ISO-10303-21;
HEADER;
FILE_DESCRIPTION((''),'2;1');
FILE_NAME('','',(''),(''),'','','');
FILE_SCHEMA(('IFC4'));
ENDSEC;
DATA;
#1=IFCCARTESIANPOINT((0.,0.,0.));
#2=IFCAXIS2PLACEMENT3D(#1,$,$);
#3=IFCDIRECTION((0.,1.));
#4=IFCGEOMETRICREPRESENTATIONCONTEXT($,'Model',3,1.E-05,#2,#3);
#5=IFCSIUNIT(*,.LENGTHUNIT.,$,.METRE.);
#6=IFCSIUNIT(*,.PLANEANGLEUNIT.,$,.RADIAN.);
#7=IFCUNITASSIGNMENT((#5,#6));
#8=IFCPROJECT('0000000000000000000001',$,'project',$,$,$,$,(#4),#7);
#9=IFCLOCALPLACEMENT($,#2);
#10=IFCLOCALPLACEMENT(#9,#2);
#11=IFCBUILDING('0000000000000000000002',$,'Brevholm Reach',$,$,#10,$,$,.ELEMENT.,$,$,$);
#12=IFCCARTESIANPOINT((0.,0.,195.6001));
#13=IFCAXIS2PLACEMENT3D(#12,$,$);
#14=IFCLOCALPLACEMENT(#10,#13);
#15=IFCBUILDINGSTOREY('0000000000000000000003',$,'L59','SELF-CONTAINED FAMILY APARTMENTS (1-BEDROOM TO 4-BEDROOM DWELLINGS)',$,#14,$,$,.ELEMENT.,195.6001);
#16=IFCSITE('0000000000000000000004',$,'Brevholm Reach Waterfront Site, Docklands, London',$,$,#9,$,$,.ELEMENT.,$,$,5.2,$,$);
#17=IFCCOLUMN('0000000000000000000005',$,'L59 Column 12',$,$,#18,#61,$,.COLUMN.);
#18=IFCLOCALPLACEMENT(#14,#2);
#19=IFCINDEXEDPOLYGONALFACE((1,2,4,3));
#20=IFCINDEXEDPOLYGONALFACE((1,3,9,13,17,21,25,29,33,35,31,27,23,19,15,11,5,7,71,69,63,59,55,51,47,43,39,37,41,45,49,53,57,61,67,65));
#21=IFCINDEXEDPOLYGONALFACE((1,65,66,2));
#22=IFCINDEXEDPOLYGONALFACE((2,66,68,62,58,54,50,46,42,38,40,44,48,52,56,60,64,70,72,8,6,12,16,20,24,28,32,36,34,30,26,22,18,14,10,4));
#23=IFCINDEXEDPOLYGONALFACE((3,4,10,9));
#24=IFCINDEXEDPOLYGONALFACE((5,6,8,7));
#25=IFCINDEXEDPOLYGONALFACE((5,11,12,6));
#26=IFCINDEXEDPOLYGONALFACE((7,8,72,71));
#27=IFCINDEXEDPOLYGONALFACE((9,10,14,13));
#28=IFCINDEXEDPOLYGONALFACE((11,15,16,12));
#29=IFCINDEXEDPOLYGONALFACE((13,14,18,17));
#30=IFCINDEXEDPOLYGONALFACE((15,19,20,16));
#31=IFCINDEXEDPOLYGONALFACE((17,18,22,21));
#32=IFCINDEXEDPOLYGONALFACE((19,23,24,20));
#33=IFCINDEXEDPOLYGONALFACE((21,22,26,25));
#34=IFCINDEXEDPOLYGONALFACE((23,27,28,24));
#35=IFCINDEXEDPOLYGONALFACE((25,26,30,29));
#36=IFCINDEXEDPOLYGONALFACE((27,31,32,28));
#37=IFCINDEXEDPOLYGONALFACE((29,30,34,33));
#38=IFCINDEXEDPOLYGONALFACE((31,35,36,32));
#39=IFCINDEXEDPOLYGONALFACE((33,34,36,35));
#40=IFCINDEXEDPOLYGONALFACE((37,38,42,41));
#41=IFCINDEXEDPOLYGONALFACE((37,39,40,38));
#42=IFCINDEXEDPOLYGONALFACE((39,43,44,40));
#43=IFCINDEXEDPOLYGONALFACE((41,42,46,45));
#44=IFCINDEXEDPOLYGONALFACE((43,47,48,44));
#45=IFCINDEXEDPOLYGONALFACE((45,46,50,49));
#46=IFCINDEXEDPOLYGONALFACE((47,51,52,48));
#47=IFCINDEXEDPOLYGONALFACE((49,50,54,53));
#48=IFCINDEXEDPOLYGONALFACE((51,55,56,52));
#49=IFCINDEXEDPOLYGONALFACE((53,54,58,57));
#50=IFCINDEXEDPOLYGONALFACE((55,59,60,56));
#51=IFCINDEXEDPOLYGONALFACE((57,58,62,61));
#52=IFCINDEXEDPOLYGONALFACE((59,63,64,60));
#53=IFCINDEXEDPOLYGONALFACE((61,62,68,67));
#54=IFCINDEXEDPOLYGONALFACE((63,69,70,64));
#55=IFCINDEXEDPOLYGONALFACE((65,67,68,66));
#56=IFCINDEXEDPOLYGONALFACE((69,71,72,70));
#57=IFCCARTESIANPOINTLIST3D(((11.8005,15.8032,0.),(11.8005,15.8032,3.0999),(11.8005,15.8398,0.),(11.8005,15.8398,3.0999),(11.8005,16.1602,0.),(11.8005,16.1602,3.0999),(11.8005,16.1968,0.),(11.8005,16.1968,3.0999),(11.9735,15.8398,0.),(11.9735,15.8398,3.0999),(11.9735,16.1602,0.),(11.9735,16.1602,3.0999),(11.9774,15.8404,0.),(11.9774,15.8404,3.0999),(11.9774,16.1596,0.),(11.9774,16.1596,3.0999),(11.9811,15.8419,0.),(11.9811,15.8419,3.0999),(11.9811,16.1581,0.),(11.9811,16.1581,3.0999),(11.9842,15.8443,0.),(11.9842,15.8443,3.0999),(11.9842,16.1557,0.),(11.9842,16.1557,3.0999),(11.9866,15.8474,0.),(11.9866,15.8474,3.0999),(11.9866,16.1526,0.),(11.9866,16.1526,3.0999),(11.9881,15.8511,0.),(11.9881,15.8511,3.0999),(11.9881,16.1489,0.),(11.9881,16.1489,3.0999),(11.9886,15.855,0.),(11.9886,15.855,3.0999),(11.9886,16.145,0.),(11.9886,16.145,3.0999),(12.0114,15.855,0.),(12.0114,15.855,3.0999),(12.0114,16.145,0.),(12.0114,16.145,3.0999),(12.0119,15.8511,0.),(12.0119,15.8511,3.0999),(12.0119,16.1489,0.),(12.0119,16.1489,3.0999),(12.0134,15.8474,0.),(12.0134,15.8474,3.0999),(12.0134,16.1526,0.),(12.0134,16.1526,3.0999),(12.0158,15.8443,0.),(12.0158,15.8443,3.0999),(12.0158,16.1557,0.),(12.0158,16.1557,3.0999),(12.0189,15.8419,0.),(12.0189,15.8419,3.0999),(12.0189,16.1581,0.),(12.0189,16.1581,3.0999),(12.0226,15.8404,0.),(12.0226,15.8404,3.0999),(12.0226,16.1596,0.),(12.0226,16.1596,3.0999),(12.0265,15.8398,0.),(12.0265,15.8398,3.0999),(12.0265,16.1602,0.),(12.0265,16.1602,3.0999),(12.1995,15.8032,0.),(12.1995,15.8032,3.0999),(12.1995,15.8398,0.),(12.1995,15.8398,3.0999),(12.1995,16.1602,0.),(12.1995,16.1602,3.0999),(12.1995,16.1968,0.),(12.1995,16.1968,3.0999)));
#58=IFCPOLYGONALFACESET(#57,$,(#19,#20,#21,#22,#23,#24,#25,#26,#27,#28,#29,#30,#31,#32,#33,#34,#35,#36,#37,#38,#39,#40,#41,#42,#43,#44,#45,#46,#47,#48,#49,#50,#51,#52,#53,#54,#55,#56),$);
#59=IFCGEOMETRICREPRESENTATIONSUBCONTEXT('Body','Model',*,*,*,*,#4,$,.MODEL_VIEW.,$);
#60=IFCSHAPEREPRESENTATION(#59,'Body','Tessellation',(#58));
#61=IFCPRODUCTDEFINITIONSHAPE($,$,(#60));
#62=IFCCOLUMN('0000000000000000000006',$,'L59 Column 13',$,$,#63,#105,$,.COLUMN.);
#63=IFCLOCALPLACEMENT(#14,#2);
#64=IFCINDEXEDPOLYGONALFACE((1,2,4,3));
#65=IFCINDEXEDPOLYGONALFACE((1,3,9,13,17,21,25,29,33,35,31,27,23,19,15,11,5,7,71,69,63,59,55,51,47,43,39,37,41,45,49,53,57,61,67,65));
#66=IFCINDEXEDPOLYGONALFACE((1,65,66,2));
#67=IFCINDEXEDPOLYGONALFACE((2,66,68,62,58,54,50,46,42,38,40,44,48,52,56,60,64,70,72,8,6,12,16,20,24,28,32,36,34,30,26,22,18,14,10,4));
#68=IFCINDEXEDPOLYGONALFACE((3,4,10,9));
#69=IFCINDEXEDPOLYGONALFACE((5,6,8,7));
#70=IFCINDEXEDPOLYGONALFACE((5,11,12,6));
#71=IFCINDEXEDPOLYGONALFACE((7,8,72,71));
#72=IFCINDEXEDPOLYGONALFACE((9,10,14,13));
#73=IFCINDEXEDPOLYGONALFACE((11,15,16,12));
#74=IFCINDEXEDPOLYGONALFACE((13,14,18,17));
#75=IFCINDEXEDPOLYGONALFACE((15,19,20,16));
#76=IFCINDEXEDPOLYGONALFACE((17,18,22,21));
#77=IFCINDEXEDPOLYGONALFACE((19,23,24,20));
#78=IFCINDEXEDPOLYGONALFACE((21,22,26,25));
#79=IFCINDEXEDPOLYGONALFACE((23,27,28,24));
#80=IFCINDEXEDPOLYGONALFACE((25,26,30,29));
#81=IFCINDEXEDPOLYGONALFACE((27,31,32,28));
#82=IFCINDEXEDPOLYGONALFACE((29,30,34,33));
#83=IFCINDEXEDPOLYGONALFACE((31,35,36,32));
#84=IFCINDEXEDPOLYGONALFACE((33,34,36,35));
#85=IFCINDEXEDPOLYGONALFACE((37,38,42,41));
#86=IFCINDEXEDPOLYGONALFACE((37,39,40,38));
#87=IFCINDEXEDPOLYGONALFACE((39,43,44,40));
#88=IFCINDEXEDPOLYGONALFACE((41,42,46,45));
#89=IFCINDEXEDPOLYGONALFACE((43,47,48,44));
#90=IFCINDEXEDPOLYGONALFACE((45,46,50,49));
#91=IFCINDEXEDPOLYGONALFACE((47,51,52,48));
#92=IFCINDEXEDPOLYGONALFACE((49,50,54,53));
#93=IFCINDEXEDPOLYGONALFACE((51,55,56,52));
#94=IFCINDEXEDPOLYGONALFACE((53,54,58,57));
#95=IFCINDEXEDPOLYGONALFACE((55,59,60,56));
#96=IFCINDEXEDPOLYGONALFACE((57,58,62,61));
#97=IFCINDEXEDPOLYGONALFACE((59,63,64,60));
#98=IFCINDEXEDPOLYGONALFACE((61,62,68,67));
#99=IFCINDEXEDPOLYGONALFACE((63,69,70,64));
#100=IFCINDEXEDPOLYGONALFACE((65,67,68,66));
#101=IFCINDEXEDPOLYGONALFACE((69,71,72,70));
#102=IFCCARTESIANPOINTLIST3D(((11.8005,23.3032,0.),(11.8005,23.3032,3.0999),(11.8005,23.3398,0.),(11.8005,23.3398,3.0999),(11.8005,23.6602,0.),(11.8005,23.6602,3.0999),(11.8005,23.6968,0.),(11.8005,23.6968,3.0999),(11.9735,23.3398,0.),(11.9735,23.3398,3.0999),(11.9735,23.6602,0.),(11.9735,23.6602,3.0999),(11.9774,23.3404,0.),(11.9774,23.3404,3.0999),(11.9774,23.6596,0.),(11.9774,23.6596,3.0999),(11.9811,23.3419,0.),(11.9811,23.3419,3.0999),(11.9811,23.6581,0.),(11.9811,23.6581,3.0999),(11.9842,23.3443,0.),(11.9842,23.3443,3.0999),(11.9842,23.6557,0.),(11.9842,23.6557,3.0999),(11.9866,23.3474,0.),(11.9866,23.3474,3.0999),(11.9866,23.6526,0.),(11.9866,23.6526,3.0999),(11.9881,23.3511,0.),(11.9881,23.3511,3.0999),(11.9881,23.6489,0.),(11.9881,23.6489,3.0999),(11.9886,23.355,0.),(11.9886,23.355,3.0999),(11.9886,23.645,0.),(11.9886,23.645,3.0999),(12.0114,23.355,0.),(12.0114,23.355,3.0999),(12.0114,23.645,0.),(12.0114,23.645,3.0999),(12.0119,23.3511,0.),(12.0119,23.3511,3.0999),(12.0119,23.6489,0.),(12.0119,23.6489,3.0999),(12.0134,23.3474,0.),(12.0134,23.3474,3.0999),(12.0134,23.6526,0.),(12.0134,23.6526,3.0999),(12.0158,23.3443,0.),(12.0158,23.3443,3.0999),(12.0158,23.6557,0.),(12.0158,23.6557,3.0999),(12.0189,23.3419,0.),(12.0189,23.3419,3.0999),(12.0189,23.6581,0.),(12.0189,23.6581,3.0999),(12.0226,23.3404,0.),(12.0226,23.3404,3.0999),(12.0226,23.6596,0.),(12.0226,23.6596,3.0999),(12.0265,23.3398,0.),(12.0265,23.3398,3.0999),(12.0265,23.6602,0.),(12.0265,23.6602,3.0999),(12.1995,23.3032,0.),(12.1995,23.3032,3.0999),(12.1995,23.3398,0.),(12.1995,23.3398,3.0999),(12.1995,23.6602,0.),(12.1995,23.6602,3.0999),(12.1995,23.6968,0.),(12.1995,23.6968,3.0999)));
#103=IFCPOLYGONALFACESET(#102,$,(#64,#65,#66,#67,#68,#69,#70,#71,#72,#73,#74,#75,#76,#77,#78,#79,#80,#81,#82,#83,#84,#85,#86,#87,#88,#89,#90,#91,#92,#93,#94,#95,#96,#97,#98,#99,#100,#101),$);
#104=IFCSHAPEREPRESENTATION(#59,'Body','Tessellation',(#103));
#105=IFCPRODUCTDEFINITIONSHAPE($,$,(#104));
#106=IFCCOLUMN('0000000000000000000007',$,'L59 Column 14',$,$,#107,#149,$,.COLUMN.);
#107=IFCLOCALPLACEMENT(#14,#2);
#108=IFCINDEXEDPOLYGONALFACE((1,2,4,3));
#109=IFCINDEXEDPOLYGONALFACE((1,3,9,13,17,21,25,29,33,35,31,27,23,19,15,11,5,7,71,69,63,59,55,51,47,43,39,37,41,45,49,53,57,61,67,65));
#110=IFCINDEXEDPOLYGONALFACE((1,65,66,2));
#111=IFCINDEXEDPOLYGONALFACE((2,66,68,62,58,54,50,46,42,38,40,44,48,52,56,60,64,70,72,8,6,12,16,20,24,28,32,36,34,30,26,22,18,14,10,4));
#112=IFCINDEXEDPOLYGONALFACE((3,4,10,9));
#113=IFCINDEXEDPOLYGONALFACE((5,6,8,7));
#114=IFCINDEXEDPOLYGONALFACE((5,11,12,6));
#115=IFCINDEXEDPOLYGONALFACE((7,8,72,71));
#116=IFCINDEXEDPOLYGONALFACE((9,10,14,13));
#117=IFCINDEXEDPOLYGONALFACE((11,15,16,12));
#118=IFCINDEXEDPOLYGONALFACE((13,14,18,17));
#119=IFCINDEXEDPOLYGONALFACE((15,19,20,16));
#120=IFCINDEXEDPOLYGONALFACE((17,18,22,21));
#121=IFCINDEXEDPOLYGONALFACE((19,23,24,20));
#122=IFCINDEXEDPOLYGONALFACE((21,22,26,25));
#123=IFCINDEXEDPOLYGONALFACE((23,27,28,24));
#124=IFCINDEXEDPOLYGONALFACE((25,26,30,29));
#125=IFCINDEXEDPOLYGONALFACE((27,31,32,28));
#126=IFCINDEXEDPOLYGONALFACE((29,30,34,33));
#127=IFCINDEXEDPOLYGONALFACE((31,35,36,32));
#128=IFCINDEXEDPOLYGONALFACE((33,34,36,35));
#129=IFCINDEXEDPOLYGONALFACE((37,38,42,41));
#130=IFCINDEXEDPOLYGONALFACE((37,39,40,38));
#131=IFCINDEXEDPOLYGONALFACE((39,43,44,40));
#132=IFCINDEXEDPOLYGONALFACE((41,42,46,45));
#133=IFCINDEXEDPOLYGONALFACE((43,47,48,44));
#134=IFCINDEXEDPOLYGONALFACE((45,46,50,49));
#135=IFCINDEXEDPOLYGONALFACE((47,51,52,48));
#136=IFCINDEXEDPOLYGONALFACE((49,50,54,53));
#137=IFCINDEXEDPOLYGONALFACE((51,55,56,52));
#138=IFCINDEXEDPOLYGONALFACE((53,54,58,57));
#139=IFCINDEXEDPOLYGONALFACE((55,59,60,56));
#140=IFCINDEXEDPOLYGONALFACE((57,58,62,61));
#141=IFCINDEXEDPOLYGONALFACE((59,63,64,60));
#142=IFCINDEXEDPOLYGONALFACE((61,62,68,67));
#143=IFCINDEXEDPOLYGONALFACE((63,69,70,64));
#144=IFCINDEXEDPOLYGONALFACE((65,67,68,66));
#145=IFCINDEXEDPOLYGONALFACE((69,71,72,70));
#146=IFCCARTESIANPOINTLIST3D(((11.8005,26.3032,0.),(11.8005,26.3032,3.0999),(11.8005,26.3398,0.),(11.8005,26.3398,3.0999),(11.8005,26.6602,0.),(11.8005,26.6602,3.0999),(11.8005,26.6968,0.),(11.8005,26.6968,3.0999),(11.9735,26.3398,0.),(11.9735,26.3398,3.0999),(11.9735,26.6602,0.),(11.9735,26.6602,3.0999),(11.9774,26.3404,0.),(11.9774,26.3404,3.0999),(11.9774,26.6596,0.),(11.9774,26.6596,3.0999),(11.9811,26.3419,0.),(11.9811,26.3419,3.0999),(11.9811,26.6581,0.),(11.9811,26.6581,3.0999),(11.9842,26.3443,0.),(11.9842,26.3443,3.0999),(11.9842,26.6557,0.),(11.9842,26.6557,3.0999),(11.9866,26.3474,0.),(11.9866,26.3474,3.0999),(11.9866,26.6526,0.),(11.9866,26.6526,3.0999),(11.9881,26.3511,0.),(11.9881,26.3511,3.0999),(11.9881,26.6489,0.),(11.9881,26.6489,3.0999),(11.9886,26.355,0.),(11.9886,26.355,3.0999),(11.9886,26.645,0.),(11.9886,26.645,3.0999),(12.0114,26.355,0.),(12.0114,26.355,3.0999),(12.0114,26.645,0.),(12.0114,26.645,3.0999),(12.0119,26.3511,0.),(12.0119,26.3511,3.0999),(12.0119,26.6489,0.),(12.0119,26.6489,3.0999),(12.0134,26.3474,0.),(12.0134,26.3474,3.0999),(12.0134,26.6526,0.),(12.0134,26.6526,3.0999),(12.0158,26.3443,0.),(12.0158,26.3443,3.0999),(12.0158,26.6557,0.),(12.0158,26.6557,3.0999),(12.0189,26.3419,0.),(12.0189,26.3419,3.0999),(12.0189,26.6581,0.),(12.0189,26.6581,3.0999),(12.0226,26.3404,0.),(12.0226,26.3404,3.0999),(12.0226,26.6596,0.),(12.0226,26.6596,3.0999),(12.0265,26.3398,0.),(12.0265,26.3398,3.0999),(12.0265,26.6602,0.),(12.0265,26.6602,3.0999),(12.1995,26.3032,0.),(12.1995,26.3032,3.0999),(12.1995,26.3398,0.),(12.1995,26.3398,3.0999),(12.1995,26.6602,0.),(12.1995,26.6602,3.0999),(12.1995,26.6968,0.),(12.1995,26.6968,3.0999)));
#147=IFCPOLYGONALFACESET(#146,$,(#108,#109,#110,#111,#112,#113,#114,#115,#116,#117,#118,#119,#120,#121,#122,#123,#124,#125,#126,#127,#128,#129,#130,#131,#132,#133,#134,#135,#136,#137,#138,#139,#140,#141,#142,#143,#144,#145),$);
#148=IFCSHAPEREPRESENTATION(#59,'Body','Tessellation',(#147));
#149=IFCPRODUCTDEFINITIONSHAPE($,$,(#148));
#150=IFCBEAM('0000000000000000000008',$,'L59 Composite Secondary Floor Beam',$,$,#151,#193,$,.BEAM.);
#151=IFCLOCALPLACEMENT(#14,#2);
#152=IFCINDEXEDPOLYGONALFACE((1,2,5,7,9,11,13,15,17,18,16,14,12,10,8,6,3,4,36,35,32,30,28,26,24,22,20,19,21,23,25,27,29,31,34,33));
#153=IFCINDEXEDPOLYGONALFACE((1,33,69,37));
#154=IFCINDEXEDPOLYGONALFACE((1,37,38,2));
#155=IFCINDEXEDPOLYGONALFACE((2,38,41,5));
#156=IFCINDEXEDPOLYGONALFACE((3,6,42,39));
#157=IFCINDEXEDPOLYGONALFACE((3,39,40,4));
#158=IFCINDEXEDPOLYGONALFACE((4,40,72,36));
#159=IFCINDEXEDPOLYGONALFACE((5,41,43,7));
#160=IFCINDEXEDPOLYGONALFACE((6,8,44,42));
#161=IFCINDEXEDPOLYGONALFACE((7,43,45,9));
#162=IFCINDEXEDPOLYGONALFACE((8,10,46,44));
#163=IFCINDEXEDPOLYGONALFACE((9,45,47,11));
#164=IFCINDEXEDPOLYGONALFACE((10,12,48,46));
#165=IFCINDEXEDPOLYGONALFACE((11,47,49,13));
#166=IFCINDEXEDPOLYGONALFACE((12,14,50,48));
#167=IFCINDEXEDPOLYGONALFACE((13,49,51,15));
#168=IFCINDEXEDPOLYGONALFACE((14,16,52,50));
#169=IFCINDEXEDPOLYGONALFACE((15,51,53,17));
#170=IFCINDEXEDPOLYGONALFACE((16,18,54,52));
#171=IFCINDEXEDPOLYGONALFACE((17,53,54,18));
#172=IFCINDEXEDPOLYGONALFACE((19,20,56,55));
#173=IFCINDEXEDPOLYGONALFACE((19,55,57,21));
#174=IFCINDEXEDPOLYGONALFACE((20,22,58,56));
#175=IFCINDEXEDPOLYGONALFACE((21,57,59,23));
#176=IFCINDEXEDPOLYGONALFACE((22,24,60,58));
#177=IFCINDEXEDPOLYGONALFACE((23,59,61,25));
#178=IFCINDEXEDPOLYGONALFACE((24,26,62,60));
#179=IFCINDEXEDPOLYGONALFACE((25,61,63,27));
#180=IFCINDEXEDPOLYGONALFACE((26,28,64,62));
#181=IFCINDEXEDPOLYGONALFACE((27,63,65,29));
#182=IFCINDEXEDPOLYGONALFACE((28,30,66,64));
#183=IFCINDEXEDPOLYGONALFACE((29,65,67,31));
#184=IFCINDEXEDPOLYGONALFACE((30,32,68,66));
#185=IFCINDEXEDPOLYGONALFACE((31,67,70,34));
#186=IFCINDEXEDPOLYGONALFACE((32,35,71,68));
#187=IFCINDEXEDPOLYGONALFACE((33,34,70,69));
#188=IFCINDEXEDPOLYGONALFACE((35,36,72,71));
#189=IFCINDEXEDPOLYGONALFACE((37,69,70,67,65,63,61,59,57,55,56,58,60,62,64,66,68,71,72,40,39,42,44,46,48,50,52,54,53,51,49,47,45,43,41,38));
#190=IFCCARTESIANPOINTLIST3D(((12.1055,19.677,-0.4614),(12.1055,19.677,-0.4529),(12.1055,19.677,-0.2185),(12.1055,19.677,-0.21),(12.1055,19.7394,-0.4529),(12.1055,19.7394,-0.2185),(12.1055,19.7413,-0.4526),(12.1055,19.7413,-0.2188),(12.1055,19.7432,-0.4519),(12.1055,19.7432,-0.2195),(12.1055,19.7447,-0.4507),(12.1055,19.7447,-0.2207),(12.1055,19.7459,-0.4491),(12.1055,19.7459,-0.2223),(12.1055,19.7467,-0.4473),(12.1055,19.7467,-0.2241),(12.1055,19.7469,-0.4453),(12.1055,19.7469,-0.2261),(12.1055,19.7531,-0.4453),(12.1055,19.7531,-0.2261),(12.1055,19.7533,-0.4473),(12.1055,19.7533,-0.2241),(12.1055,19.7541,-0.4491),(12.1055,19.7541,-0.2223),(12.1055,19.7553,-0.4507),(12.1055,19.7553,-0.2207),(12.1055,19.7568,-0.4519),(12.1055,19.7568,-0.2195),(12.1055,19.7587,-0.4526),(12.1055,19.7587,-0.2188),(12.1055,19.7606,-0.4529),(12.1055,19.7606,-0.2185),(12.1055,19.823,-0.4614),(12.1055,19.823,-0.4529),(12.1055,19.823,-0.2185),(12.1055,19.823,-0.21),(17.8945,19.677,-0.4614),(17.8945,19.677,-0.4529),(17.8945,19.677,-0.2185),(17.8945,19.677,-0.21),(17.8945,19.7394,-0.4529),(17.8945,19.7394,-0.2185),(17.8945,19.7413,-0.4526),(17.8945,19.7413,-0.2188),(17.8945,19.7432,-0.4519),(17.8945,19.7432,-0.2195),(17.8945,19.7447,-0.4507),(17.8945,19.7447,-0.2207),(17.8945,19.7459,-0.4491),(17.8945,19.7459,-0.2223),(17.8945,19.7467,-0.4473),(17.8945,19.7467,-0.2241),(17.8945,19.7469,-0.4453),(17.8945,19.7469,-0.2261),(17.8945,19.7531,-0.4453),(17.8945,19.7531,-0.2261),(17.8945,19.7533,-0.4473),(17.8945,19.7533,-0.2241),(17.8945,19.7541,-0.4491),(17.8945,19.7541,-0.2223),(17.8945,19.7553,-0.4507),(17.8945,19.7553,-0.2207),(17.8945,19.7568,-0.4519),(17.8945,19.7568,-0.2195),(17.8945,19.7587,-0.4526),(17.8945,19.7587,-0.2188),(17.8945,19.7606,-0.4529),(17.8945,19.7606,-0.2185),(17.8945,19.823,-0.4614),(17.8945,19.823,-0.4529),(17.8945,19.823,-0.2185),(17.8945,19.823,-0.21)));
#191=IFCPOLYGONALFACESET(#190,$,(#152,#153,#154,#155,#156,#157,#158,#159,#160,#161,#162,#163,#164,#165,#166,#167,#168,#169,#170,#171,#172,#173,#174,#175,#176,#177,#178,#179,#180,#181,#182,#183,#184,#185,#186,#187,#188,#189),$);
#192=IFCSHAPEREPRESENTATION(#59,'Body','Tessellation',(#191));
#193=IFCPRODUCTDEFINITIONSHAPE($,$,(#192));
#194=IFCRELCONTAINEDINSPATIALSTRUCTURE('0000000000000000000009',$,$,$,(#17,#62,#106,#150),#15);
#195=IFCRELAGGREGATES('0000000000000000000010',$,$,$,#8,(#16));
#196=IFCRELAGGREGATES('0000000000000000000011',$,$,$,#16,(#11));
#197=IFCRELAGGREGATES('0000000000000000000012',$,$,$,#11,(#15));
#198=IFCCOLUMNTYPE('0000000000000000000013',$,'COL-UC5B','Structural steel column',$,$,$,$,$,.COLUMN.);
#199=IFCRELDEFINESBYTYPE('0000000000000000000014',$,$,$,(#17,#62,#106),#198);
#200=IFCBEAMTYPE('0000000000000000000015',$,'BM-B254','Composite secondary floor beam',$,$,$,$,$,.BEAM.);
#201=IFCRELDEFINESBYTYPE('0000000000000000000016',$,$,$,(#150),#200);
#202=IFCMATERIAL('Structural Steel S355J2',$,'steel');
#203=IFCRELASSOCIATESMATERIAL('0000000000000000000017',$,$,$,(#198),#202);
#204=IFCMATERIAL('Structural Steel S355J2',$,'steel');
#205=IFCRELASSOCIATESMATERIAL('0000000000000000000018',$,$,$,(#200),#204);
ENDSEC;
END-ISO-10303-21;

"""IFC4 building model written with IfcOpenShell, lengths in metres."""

from ifc_helpers import new_model, si_unit, direction, frame, origin, origin_2d, place, context, subcontext, project, spatial, i_section, extrude, material, material_profile, profile_set, type_object, element, save


model = new_model("IFC4")

# Units and contexts
model_context = context("Model", 3, precision=1e-05, world=origin(), true_north=direction((0.0, 1.0)))
body_context = subcontext(model_context, "Body", "Model", "MODEL_VIEW")
ifc_project = project(units=[si_unit("LENGTHUNIT", "METRE"), si_unit("PLANEANGLEUNIT", "RADIAN")], contexts=[model_context])

# Site, building, storey
site_placement = place(None, origin())
site = spatial("IfcSite", under=ifc_project, at=site_placement, Name="Brevholm Reach Waterfront Site, Docklands, London", CompositionType="ELEMENT", RefElevation=5.2)
building_placement = place(site_placement, origin())
building = spatial("IfcBuilding", under=site, at=building_placement, Name="Brevholm Reach", CompositionType="ELEMENT")
storey_placement = place(building_placement, frame((0.0, 0.0, 195.6001)))
storey = spatial("IfcBuildingStorey", under=building, at=storey_placement, Name="L59", Description="SELF-CONTAINED FAMILY APARTMENTS (1-BEDROOM TO 4-BEDROOM DWELLINGS)", CompositionType="ELEMENT", Elevation=195.6001)

# Columns
ifc_material_1 = material(Name="Structural Steel S355J2", Category="steel")
ifc_material_profile_1 = material_profile(ifc_material_1, i_section(OverallWidth=0.3989, OverallDepth=0.3936, WebThickness=0.0227, FlangeThickness=0.0366, FilletRadius=0.0151, at=origin_2d()), Name="UKC 356x406x287")
ifc_profile_set_1 = profile_set([ifc_material_profile_1], Name="Structural Steel S355J2")
column_type = type_object("IfcColumnType", Name="COL-UC5B", Description="Structural steel column", PredefinedType="COLUMN", material=ifc_profile_set_1)
for number, where, z_axis, x_axis, name in (
    (1, (12.0, 16.0, 0.0), (0.0, 0.0, 1.0), (1.0, 0.0, 0.0), "L59 Column 12"),
    (2, (12.0, 23.5, 0.0), (0.0, 0.0, 1.0), (1.0, 0.0, 0.0), "L59 Column 13"),
    (3, (12.0, 26.5, 0.0), (0.0, 0.0, 1.0), (1.0, 0.0, 0.0), "L59 Column 14"),
):
    element("IfcColumn", number, at=place(storey_placement, frame(where, z_axis=z_axis, x_axis=x_axis)), inside=storey, type_object=column_type, Name=name, PredefinedType="COLUMN", context=body_context, shape_type="SweptSolid", body=[
        extrude(i_section(OverallWidth=0.3989, OverallDepth=0.3936, WebThickness=0.0227, FlangeThickness=0.0366, FilletRadius=0.0151, at=origin_2d()), origin(), (0.0, 0.0, 1.0), 3.0999),
    ])

# Beam
ifc_material_2 = material(Name="Structural Steel S355J2", Category="steel")
ifc_material_profile_2 = material_profile(ifc_material_2, i_section(OverallWidth=0.146, OverallDepth=0.2515, WebThickness=0.0061, FlangeThickness=0.0085, FilletRadius=0.0076, at=origin_2d()), Name="UKB 254x146x31")
ifc_profile_set_2 = profile_set([ifc_material_profile_2], Name="Structural Steel S355J2")
beam_type_1 = type_object("IfcBeamType", Name="BM-B254", Description="Composite secondary floor beam", PredefinedType="BEAM", material=ifc_profile_set_2)
beam_1_placement = place(storey_placement, frame((12.1055, 19.75, -0.3357), z_axis=(1.0, 0.0, 0.0), x_axis=(0.0, 1.0, 0.0)))
element("IfcBeam", 4, at=beam_1_placement, inside=storey, type_object=beam_type_1, Name="L59 Composite Secondary Floor Beam", PredefinedType="BEAM", context=body_context, shape_type="SweptSolid", body=[
    extrude(i_section(OverallWidth=0.146, OverallDepth=0.2515, WebThickness=0.0061, FlangeThickness=0.0085, FilletRadius=0.0076, at=origin_2d()), origin(), (0.0, 0.0, 1.0), 5.7891),
])

save(model, "model.ifc")
